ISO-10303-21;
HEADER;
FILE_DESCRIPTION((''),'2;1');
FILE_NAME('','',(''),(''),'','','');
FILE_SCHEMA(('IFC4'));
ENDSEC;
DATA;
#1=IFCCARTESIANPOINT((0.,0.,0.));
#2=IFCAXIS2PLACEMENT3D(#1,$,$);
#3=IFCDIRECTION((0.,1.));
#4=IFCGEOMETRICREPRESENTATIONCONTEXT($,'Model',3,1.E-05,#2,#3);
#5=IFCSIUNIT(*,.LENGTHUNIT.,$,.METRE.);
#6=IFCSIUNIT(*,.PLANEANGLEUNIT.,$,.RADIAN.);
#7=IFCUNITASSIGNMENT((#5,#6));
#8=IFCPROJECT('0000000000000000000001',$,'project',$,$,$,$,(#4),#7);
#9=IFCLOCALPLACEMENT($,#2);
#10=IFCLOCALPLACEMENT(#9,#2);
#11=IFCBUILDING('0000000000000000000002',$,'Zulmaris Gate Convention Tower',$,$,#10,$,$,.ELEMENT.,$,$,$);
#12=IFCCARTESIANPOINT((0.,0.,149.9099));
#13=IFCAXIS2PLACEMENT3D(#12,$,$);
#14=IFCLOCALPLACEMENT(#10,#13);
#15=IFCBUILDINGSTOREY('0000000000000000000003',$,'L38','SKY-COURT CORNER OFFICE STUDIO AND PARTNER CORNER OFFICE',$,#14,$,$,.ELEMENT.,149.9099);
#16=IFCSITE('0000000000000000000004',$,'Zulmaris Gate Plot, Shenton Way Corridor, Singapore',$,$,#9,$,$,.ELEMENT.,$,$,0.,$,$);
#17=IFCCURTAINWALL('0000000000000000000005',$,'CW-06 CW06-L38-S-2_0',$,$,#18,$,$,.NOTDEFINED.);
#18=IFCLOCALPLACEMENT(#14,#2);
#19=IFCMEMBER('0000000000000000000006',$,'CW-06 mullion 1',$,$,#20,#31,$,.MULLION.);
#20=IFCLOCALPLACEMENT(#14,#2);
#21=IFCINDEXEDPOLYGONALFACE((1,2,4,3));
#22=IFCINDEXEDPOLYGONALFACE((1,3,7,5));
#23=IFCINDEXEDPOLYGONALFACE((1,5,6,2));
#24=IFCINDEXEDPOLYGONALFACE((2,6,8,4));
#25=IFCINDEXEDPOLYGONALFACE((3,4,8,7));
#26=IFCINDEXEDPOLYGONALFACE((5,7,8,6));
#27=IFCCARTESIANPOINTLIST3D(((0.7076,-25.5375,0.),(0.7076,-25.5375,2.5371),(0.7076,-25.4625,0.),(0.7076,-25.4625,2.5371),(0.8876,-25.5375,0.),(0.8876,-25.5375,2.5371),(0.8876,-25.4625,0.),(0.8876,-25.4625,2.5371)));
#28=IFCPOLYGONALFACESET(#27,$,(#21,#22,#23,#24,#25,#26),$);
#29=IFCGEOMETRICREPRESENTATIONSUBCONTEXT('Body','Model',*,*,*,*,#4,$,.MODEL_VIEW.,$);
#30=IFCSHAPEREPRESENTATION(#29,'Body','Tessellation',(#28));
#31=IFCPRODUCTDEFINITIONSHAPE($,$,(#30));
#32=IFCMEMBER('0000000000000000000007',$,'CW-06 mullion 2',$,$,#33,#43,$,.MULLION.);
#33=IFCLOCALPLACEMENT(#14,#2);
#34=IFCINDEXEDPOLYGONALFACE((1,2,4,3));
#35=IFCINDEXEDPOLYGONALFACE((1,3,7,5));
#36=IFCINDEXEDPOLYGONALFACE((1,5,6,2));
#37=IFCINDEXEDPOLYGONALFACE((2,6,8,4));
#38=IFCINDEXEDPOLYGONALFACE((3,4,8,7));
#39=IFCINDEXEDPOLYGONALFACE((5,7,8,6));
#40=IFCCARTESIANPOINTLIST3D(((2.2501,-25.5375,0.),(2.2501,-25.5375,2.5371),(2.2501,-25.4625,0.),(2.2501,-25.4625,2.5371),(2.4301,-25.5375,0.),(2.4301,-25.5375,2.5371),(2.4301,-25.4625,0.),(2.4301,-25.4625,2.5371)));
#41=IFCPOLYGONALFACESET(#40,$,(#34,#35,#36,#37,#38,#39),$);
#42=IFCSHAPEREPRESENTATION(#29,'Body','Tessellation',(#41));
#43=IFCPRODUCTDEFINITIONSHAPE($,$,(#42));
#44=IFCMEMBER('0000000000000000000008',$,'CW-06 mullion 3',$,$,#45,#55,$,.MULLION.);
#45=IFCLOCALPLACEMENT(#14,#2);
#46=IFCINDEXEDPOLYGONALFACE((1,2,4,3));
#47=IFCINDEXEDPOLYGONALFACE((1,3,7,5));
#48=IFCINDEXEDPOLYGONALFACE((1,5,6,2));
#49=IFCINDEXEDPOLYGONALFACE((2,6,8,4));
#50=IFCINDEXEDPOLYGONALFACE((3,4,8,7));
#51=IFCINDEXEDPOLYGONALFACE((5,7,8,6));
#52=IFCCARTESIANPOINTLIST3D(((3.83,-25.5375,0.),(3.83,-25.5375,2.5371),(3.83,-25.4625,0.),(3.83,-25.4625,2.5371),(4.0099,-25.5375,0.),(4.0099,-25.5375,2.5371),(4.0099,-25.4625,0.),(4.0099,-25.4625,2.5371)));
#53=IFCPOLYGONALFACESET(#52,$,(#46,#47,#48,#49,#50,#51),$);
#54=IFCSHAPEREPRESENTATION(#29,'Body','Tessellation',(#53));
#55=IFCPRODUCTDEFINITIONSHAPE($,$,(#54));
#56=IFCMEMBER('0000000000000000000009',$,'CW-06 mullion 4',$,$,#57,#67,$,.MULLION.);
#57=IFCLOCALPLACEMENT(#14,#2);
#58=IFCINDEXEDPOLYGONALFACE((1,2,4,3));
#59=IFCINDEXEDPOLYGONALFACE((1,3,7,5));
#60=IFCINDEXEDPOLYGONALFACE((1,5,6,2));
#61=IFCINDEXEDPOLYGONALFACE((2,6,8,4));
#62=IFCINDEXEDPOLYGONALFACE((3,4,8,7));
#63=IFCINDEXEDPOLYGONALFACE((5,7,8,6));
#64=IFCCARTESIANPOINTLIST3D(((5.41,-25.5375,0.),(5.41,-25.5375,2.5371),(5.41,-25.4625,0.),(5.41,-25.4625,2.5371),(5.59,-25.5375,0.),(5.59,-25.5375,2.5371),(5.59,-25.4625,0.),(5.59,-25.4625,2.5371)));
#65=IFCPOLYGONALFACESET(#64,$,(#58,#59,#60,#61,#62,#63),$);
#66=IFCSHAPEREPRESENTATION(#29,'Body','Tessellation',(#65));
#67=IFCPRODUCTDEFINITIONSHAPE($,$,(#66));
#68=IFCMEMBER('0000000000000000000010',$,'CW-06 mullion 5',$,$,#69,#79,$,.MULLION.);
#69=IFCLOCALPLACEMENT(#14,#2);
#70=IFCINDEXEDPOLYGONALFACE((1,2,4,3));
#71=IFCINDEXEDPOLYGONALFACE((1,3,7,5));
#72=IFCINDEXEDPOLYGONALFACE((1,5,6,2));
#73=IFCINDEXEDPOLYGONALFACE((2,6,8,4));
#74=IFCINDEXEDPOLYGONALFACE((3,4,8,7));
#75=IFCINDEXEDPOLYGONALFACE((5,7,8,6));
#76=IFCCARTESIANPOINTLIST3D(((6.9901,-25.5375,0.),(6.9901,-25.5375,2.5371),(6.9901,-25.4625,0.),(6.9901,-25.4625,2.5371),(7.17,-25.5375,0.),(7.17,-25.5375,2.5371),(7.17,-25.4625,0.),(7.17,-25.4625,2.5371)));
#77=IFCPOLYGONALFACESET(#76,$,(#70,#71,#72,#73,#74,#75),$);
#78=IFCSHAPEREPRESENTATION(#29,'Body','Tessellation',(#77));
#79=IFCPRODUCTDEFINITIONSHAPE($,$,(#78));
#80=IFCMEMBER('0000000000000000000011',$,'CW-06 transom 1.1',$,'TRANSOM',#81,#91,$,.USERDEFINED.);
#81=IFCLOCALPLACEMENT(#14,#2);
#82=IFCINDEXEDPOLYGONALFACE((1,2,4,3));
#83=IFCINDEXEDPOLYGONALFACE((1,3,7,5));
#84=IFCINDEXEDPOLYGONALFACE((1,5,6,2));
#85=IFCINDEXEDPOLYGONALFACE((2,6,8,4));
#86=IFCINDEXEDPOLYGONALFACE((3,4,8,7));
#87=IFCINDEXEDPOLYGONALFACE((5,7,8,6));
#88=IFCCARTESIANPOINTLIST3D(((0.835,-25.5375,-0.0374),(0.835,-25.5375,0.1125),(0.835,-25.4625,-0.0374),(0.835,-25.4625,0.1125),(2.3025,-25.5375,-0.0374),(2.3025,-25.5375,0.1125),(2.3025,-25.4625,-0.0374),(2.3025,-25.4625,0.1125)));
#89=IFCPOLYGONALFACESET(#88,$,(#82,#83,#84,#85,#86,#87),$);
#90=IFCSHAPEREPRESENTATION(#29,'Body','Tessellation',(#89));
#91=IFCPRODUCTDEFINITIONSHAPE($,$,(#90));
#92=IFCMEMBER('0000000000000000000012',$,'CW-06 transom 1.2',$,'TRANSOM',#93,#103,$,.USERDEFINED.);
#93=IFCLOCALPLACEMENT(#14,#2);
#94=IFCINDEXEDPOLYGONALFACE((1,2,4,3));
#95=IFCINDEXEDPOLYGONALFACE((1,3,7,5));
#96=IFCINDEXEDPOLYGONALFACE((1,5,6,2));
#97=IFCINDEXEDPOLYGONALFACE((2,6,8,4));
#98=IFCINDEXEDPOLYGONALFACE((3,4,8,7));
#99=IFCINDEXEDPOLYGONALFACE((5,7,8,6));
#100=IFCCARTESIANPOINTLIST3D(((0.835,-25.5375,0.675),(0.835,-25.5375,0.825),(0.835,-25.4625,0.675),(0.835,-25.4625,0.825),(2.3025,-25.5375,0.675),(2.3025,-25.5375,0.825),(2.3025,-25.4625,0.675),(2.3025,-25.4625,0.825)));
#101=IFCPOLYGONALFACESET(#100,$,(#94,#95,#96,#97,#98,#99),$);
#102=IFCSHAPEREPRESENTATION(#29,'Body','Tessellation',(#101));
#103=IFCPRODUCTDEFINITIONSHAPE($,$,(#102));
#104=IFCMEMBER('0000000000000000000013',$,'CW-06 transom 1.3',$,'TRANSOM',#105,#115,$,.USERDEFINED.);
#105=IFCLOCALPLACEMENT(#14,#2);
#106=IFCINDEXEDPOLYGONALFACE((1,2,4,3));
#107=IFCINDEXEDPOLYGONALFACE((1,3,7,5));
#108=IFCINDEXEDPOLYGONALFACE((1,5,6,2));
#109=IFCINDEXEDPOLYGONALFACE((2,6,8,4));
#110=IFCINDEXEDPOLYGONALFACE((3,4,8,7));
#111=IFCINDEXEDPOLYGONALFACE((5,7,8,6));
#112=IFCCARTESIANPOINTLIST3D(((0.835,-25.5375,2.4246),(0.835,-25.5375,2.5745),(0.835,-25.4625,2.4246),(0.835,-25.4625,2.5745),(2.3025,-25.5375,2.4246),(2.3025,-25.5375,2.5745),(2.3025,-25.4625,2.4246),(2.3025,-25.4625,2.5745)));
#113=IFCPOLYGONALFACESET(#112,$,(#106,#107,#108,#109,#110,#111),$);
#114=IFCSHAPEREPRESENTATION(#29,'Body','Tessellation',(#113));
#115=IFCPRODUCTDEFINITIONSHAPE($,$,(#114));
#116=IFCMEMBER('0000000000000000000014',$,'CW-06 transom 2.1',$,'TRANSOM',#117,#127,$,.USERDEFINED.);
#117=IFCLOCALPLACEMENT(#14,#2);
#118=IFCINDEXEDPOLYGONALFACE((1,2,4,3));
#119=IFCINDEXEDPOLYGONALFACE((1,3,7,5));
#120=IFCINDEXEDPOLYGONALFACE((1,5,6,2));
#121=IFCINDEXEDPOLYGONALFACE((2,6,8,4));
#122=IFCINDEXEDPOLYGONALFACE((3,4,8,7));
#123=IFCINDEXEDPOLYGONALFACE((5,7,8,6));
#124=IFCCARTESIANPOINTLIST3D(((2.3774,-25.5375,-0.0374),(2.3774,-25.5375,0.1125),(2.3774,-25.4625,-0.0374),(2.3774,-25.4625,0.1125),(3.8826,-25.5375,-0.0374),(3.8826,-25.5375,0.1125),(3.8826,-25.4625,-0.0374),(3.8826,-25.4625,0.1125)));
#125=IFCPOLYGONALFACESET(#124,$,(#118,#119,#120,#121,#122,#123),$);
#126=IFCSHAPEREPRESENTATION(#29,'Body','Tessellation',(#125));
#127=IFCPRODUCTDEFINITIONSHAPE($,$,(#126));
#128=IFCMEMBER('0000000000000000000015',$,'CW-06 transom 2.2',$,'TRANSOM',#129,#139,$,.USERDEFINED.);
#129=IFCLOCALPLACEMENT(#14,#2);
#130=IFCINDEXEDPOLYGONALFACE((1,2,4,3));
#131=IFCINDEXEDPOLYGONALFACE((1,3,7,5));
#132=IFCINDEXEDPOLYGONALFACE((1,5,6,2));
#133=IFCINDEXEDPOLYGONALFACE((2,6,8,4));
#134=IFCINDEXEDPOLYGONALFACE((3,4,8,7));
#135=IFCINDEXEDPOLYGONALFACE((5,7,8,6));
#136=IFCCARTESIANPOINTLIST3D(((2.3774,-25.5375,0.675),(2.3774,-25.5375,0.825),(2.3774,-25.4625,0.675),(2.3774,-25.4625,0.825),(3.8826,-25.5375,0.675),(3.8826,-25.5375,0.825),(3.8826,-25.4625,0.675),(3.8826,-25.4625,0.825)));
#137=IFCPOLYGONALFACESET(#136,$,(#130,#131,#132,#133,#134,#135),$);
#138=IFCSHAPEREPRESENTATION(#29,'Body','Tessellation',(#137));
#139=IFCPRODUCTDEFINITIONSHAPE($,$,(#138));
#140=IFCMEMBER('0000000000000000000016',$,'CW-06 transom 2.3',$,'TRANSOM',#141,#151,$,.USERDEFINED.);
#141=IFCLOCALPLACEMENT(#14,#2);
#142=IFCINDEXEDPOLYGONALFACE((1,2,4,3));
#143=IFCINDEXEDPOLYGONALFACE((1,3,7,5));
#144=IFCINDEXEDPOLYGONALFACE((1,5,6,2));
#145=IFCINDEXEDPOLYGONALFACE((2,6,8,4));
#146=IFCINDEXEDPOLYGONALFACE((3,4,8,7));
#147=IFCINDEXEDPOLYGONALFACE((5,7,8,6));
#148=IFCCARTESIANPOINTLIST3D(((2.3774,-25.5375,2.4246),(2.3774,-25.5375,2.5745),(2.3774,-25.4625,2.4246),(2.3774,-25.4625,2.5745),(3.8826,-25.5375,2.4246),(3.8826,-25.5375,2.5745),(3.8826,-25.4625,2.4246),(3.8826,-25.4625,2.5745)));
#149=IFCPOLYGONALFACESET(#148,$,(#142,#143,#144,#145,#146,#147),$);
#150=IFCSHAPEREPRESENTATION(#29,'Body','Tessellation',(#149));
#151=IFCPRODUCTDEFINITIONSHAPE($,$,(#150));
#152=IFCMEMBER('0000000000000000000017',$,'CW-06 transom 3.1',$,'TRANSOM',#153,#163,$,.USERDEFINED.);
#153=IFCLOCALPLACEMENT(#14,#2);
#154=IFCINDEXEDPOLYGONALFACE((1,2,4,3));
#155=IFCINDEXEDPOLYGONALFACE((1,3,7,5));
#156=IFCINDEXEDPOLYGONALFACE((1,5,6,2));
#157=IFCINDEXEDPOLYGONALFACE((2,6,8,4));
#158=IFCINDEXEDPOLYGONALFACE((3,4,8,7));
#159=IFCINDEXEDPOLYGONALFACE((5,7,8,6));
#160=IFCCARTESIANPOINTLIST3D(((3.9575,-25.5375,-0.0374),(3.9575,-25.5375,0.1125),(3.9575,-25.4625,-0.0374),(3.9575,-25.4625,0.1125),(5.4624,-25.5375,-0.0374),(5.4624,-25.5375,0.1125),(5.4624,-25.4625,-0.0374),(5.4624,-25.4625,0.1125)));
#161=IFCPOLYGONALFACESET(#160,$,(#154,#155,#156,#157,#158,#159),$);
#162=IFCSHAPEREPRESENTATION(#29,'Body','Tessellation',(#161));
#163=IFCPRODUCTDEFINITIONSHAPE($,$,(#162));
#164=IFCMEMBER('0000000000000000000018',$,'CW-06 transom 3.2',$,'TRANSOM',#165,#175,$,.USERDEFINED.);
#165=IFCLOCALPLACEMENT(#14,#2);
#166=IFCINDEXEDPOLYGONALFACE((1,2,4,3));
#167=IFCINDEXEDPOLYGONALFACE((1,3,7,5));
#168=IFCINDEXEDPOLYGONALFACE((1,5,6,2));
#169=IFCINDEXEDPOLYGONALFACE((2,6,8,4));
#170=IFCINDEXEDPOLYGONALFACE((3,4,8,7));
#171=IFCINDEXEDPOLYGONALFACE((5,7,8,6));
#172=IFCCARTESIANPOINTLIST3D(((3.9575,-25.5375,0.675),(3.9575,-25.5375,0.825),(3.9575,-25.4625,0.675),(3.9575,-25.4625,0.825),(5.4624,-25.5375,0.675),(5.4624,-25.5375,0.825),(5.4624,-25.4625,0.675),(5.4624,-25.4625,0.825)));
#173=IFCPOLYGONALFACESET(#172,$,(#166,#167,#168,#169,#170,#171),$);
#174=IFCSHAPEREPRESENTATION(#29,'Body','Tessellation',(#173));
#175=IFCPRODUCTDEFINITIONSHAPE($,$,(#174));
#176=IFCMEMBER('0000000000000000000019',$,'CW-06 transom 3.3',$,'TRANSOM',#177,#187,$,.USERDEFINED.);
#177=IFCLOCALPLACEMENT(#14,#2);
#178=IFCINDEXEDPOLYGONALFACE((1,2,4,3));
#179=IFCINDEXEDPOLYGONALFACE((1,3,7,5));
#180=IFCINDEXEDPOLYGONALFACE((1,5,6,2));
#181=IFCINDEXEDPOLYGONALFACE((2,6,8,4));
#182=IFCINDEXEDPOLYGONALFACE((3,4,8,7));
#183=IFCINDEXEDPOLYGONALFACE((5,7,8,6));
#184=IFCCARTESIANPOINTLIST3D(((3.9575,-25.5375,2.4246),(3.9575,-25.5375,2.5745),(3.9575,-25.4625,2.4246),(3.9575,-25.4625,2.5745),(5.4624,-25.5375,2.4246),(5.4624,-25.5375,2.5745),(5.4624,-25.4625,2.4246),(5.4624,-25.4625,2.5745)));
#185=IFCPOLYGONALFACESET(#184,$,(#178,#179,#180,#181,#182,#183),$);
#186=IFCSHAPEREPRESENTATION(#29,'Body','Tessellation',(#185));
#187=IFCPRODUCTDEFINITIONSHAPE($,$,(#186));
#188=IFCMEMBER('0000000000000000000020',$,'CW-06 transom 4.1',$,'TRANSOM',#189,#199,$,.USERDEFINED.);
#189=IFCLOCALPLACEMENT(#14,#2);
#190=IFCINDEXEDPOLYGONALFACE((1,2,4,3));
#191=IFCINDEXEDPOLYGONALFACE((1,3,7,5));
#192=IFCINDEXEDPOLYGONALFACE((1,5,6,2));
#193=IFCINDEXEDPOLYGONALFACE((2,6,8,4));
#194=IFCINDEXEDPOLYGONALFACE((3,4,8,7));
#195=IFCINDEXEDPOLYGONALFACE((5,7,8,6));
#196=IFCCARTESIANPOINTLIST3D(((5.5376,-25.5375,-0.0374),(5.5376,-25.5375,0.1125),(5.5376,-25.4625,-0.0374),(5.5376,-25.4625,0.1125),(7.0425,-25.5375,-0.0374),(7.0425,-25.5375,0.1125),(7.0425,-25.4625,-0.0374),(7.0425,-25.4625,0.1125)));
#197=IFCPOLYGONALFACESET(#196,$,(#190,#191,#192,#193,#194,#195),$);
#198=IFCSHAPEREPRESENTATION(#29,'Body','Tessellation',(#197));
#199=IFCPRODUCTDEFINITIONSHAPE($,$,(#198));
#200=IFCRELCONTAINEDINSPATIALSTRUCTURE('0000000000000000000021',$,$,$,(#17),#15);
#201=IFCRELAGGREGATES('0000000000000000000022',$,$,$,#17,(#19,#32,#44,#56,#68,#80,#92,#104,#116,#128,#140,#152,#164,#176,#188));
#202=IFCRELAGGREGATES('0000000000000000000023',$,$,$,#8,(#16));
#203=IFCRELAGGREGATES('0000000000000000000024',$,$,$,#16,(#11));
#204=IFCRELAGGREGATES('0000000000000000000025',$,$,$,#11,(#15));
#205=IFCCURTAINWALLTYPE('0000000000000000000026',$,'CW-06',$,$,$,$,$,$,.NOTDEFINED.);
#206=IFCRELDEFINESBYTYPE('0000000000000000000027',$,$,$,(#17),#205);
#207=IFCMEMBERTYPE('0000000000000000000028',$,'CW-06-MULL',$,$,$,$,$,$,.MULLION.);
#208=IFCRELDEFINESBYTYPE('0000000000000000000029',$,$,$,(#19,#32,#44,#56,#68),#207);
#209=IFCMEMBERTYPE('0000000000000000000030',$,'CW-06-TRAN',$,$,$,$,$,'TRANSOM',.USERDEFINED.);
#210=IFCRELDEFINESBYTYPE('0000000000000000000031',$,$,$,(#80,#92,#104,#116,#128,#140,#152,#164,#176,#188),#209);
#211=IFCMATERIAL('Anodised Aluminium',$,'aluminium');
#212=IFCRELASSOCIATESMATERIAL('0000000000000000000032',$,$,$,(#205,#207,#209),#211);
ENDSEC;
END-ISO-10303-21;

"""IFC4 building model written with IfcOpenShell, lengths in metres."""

from ifc_helpers import new_model, si_unit, direction, frame, origin, origin_2d, place, context, subcontext, project, spatial, rectangle, extrude, material, material_profile, profile_set, type_object, element, aggregate, save


model = new_model("IFC4")

# Units and contexts
model_context = context("Model", 3, precision=1e-05, world=origin(), true_north=direction((0.0, 1.0)))
body_context = subcontext(model_context, "Body", "Model", "MODEL_VIEW")
ifc_project = project(units=[si_unit("LENGTHUNIT", "METRE"), si_unit("PLANEANGLEUNIT", "RADIAN")], contexts=[model_context])

# Site, building, storey
site_placement = place(None, origin())
site = spatial("IfcSite", under=ifc_project, at=site_placement, Name="Zulmaris Gate Plot, Shenton Way Corridor, Singapore", CompositionType="ELEMENT", RefElevation=0.0)
building_placement = place(site_placement, origin())
building = spatial("IfcBuilding", under=site, at=building_placement, Name="Zulmaris Gate Convention Tower", CompositionType="ELEMENT")
storey_placement = place(building_placement, frame((0.0, 0.0, 149.9099)))
storey = spatial("IfcBuildingStorey", under=building, at=storey_placement, Name="L38", Description="SKY-COURT CORNER OFFICE STUDIO AND PARTNER CORNER OFFICE", CompositionType="ELEMENT", Elevation=149.9099)

# Curtain wall, members
ifc_material_1 = material(Name="Anodised Aluminium", Category="aluminium")
curtain_wall_type = type_object("IfcCurtainWallType", Name="CW-06", PredefinedType="NOTDEFINED", material=ifc_material_1)
curtain_wall_placement = place(storey_placement, origin())
curtain_wall = element("IfcCurtainWall", 1, at=curtain_wall_placement, inside=storey, type_object=curtain_wall_type, Name="CW-06 CW06-L38-S-2_0", PredefinedType="NOTDEFINED")
ifc_material_profile_1 = material_profile(ifc_material_1, rectangle(XDim=0.075, YDim=0.1799, at=origin_2d()), Name="ALU MULLION 75x180")
ifc_profile_set_1 = profile_set([ifc_material_profile_1], Name="Anodised Aluminium")
member_type_1 = type_object("IfcMemberType", Name="CW-06-MULL", PredefinedType="MULLION", material=ifc_profile_set_1)
member_1_placement = place(storey_placement, frame((0.7976, -25.5, 0.0), z_axis=(0.0, 0.0, 1.0), x_axis=(0.0, 1.0, 0.0)))
member_1 = element("IfcMember", 2, at=member_1_placement, type_object=member_type_1, Name="CW-06 mullion 1", PredefinedType="MULLION", context=body_context, shape_type="SweptSolid", body=[
    extrude(rectangle(XDim=0.075, YDim=0.1799, at=origin_2d()), origin(), (0.0, 0.0, 1.0), 2.5371),
])
member_2_placement = place(storey_placement, frame((2.3401, -25.5, 0.0), z_axis=(0.0, 0.0, 1.0), x_axis=(0.0, 1.0, 0.0)))
member_2 = element("IfcMember", 3, at=member_2_placement, type_object=member_type_1, Name="CW-06 mullion 2", PredefinedType="MULLION", context=body_context, shape_type="SweptSolid", body=[
    extrude(rectangle(XDim=0.075, YDim=0.1799, at=origin_2d()), origin(), (0.0, 0.0, 1.0), 2.5371),
])
member_3_placement = place(storey_placement, frame((3.9199, -25.5, 0.0), z_axis=(0.0, 0.0, 1.0), x_axis=(0.0, 1.0, 0.0)))
member_3 = element("IfcMember", 4, at=member_3_placement, type_object=member_type_1, Name="CW-06 mullion 3", PredefinedType="MULLION", context=body_context, shape_type="SweptSolid", body=[
    extrude(rectangle(XDim=0.075, YDim=0.1799, at=origin_2d()), origin(), (0.0, 0.0, 1.0), 2.5371),
])
member_4_placement = place(storey_placement, frame((5.5, -25.5, 0.0), z_axis=(0.0, 0.0, 1.0), x_axis=(0.0, 1.0, 0.0)))
member_4 = element("IfcMember", 5, at=member_4_placement, type_object=member_type_1, Name="CW-06 mullion 4", PredefinedType="MULLION", context=body_context, shape_type="SweptSolid", body=[
    extrude(rectangle(XDim=0.075, YDim=0.1799, at=origin_2d()), origin(), (0.0, 0.0, 1.0), 2.5371),
])
member_5_placement = place(storey_placement, frame((7.0801, -25.5, 0.0), z_axis=(0.0, 0.0, 1.0), x_axis=(0.0, 1.0, 0.0)))
member_5 = element("IfcMember", 6, at=member_5_placement, type_object=member_type_1, Name="CW-06 mullion 5", PredefinedType="MULLION", context=body_context, shape_type="SweptSolid", body=[
    extrude(rectangle(XDim=0.075, YDim=0.1799, at=origin_2d()), origin(), (0.0, 0.0, 1.0), 2.5371),
])
ifc_material_profile_2 = material_profile(ifc_material_1, rectangle(XDim=0.075, YDim=0.1499, at=origin_2d()), Name="ALU TRANSOM 75x150")
ifc_profile_set_2 = profile_set([ifc_material_profile_2], Name="Anodised Aluminium")
member_type_2 = type_object("IfcMemberType", Name="CW-06-TRAN", ElementType="TRANSOM", PredefinedType="USERDEFINED", material=ifc_profile_set_2)
member_6_placement = place(storey_placement, frame((0.835, -25.5, 0.0376), z_axis=(1.0, 0.0, 0.0), x_axis=(0.0, 1.0, 0.0)))
member_6 = element("IfcMember", 7, at=member_6_placement, type_object=member_type_2, Name="CW-06 transom 1.1", ObjectType="TRANSOM", PredefinedType="USERDEFINED", context=body_context, shape_type="SweptSolid", body=[
    extrude(rectangle(XDim=0.075, YDim=0.1499, at=origin_2d()), origin(), (0.0, 0.0, 1.0), 1.4675),
])
member_7_placement = place(storey_placement, frame((0.835, -25.5, 0.75), z_axis=(1.0, 0.0, 0.0), x_axis=(0.0, 1.0, 0.0)))
member_7 = element("IfcMember", 8, at=member_7_placement, type_object=member_type_2, Name="CW-06 transom 1.2", ObjectType="TRANSOM", PredefinedType="USERDEFINED", context=body_context, shape_type="SweptSolid", body=[
    extrude(rectangle(XDim=0.075, YDim=0.1499, at=origin_2d()), origin(), (0.0, 0.0, 1.0), 1.4675),
])
member_8_placement = place(storey_placement, frame((0.835, -25.5, 2.4995), z_axis=(1.0, 0.0, 0.0), x_axis=(0.0, 1.0, 0.0)))
member_8 = element("IfcMember", 9, at=member_8_placement, type_object=member_type_2, Name="CW-06 transom 1.3", ObjectType="TRANSOM", PredefinedType="USERDEFINED", context=body_context, shape_type="SweptSolid", body=[
    extrude(rectangle(XDim=0.075, YDim=0.1499, at=origin_2d()), origin(), (0.0, 0.0, 1.0), 1.4675),
])
member_9_placement = place(storey_placement, frame((2.3774, -25.5, 0.0376), z_axis=(1.0, 0.0, 0.0), x_axis=(0.0, 1.0, 0.0)))
member_9 = element("IfcMember", 10, at=member_9_placement, type_object=member_type_2, Name="CW-06 transom 2.1", ObjectType="TRANSOM", PredefinedType="USERDEFINED", context=body_context, shape_type="SweptSolid", body=[
    extrude(rectangle(XDim=0.075, YDim=0.1499, at=origin_2d()), origin(), (0.0, 0.0, 1.0), 1.5051),
])
member_10_placement = place(storey_placement, frame((2.3774, -25.5, 0.75), z_axis=(1.0, 0.0, 0.0), x_axis=(0.0, 1.0, 0.0)))
member_10 = element("IfcMember", 11, at=member_10_placement, type_object=member_type_2, Name="CW-06 transom 2.2", ObjectType="TRANSOM", PredefinedType="USERDEFINED", context=body_context, shape_type="SweptSolid", body=[
    extrude(rectangle(XDim=0.075, YDim=0.1499, at=origin_2d()), origin(), (0.0, 0.0, 1.0), 1.5051),
])
member_11_placement = place(storey_placement, frame((2.3774, -25.5, 2.4995), z_axis=(1.0, 0.0, 0.0), x_axis=(0.0, 1.0, 0.0)))
member_11 = element("IfcMember", 12, at=member_11_placement, type_object=member_type_2, Name="CW-06 transom 2.3", ObjectType="TRANSOM", PredefinedType="USERDEFINED", context=body_context, shape_type="SweptSolid", body=[
    extrude(rectangle(XDim=0.075, YDim=0.1499, at=origin_2d()), origin(), (0.0, 0.0, 1.0), 1.5051),
])
member_12_placement = place(storey_placement, frame((3.9575, -25.5, 0.0376), z_axis=(1.0, 0.0, 0.0), x_axis=(0.0, 1.0, 0.0)))
member_12 = element("IfcMember", 13, at=member_12_placement, type_object=member_type_2, Name="CW-06 transom 3.1", ObjectType="TRANSOM", PredefinedType="USERDEFINED", context=body_context, shape_type="SweptSolid", body=[
    extrude(rectangle(XDim=0.075, YDim=0.1499, at=origin_2d()), origin(), (0.0, 0.0, 1.0), 1.5049),
])
member_13_placement = place(storey_placement, frame((3.9575, -25.5, 0.75), z_axis=(1.0, 0.0, 0.0), x_axis=(0.0, 1.0, 0.0)))
member_13 = element("IfcMember", 14, at=member_13_placement, type_object=member_type_2, Name="CW-06 transom 3.2", ObjectType="TRANSOM", PredefinedType="USERDEFINED", context=body_context, shape_type="SweptSolid", body=[
    extrude(rectangle(XDim=0.075, YDim=0.1499, at=origin_2d()), origin(), (0.0, 0.0, 1.0), 1.5049),
])
member_14_placement = place(storey_placement, frame((3.9575, -25.5, 2.4995), z_axis=(1.0, 0.0, 0.0), x_axis=(0.0, 1.0, 0.0)))
member_14 = element("IfcMember", 15, at=member_14_placement, type_object=member_type_2, Name="CW-06 transom 3.3", ObjectType="TRANSOM", PredefinedType="USERDEFINED", context=body_context, shape_type="SweptSolid", body=[
    extrude(rectangle(XDim=0.075, YDim=0.1499, at=origin_2d()), origin(), (0.0, 0.0, 1.0), 1.5049),
])
member_15_placement = place(storey_placement, frame((5.5376, -25.5, 0.0376), z_axis=(1.0, 0.0, 0.0), x_axis=(0.0, 1.0, 0.0)))
member_15 = element("IfcMember", 16, at=member_15_placement, type_object=member_type_2, Name="CW-06 transom 4.1", ObjectType="TRANSOM", PredefinedType="USERDEFINED", context=body_context, shape_type="SweptSolid", body=[
    extrude(rectangle(XDim=0.075, YDim=0.1499, at=origin_2d()), origin(), (0.0, 0.0, 1.0), 1.5049),
])
aggregate(curtain_wall, [member_1, member_2, member_3, member_4, member_5, member_6, member_7, member_8, member_9, member_10, member_11, member_12, member_13, member_14, member_15])

save(model, "model.ifc")
